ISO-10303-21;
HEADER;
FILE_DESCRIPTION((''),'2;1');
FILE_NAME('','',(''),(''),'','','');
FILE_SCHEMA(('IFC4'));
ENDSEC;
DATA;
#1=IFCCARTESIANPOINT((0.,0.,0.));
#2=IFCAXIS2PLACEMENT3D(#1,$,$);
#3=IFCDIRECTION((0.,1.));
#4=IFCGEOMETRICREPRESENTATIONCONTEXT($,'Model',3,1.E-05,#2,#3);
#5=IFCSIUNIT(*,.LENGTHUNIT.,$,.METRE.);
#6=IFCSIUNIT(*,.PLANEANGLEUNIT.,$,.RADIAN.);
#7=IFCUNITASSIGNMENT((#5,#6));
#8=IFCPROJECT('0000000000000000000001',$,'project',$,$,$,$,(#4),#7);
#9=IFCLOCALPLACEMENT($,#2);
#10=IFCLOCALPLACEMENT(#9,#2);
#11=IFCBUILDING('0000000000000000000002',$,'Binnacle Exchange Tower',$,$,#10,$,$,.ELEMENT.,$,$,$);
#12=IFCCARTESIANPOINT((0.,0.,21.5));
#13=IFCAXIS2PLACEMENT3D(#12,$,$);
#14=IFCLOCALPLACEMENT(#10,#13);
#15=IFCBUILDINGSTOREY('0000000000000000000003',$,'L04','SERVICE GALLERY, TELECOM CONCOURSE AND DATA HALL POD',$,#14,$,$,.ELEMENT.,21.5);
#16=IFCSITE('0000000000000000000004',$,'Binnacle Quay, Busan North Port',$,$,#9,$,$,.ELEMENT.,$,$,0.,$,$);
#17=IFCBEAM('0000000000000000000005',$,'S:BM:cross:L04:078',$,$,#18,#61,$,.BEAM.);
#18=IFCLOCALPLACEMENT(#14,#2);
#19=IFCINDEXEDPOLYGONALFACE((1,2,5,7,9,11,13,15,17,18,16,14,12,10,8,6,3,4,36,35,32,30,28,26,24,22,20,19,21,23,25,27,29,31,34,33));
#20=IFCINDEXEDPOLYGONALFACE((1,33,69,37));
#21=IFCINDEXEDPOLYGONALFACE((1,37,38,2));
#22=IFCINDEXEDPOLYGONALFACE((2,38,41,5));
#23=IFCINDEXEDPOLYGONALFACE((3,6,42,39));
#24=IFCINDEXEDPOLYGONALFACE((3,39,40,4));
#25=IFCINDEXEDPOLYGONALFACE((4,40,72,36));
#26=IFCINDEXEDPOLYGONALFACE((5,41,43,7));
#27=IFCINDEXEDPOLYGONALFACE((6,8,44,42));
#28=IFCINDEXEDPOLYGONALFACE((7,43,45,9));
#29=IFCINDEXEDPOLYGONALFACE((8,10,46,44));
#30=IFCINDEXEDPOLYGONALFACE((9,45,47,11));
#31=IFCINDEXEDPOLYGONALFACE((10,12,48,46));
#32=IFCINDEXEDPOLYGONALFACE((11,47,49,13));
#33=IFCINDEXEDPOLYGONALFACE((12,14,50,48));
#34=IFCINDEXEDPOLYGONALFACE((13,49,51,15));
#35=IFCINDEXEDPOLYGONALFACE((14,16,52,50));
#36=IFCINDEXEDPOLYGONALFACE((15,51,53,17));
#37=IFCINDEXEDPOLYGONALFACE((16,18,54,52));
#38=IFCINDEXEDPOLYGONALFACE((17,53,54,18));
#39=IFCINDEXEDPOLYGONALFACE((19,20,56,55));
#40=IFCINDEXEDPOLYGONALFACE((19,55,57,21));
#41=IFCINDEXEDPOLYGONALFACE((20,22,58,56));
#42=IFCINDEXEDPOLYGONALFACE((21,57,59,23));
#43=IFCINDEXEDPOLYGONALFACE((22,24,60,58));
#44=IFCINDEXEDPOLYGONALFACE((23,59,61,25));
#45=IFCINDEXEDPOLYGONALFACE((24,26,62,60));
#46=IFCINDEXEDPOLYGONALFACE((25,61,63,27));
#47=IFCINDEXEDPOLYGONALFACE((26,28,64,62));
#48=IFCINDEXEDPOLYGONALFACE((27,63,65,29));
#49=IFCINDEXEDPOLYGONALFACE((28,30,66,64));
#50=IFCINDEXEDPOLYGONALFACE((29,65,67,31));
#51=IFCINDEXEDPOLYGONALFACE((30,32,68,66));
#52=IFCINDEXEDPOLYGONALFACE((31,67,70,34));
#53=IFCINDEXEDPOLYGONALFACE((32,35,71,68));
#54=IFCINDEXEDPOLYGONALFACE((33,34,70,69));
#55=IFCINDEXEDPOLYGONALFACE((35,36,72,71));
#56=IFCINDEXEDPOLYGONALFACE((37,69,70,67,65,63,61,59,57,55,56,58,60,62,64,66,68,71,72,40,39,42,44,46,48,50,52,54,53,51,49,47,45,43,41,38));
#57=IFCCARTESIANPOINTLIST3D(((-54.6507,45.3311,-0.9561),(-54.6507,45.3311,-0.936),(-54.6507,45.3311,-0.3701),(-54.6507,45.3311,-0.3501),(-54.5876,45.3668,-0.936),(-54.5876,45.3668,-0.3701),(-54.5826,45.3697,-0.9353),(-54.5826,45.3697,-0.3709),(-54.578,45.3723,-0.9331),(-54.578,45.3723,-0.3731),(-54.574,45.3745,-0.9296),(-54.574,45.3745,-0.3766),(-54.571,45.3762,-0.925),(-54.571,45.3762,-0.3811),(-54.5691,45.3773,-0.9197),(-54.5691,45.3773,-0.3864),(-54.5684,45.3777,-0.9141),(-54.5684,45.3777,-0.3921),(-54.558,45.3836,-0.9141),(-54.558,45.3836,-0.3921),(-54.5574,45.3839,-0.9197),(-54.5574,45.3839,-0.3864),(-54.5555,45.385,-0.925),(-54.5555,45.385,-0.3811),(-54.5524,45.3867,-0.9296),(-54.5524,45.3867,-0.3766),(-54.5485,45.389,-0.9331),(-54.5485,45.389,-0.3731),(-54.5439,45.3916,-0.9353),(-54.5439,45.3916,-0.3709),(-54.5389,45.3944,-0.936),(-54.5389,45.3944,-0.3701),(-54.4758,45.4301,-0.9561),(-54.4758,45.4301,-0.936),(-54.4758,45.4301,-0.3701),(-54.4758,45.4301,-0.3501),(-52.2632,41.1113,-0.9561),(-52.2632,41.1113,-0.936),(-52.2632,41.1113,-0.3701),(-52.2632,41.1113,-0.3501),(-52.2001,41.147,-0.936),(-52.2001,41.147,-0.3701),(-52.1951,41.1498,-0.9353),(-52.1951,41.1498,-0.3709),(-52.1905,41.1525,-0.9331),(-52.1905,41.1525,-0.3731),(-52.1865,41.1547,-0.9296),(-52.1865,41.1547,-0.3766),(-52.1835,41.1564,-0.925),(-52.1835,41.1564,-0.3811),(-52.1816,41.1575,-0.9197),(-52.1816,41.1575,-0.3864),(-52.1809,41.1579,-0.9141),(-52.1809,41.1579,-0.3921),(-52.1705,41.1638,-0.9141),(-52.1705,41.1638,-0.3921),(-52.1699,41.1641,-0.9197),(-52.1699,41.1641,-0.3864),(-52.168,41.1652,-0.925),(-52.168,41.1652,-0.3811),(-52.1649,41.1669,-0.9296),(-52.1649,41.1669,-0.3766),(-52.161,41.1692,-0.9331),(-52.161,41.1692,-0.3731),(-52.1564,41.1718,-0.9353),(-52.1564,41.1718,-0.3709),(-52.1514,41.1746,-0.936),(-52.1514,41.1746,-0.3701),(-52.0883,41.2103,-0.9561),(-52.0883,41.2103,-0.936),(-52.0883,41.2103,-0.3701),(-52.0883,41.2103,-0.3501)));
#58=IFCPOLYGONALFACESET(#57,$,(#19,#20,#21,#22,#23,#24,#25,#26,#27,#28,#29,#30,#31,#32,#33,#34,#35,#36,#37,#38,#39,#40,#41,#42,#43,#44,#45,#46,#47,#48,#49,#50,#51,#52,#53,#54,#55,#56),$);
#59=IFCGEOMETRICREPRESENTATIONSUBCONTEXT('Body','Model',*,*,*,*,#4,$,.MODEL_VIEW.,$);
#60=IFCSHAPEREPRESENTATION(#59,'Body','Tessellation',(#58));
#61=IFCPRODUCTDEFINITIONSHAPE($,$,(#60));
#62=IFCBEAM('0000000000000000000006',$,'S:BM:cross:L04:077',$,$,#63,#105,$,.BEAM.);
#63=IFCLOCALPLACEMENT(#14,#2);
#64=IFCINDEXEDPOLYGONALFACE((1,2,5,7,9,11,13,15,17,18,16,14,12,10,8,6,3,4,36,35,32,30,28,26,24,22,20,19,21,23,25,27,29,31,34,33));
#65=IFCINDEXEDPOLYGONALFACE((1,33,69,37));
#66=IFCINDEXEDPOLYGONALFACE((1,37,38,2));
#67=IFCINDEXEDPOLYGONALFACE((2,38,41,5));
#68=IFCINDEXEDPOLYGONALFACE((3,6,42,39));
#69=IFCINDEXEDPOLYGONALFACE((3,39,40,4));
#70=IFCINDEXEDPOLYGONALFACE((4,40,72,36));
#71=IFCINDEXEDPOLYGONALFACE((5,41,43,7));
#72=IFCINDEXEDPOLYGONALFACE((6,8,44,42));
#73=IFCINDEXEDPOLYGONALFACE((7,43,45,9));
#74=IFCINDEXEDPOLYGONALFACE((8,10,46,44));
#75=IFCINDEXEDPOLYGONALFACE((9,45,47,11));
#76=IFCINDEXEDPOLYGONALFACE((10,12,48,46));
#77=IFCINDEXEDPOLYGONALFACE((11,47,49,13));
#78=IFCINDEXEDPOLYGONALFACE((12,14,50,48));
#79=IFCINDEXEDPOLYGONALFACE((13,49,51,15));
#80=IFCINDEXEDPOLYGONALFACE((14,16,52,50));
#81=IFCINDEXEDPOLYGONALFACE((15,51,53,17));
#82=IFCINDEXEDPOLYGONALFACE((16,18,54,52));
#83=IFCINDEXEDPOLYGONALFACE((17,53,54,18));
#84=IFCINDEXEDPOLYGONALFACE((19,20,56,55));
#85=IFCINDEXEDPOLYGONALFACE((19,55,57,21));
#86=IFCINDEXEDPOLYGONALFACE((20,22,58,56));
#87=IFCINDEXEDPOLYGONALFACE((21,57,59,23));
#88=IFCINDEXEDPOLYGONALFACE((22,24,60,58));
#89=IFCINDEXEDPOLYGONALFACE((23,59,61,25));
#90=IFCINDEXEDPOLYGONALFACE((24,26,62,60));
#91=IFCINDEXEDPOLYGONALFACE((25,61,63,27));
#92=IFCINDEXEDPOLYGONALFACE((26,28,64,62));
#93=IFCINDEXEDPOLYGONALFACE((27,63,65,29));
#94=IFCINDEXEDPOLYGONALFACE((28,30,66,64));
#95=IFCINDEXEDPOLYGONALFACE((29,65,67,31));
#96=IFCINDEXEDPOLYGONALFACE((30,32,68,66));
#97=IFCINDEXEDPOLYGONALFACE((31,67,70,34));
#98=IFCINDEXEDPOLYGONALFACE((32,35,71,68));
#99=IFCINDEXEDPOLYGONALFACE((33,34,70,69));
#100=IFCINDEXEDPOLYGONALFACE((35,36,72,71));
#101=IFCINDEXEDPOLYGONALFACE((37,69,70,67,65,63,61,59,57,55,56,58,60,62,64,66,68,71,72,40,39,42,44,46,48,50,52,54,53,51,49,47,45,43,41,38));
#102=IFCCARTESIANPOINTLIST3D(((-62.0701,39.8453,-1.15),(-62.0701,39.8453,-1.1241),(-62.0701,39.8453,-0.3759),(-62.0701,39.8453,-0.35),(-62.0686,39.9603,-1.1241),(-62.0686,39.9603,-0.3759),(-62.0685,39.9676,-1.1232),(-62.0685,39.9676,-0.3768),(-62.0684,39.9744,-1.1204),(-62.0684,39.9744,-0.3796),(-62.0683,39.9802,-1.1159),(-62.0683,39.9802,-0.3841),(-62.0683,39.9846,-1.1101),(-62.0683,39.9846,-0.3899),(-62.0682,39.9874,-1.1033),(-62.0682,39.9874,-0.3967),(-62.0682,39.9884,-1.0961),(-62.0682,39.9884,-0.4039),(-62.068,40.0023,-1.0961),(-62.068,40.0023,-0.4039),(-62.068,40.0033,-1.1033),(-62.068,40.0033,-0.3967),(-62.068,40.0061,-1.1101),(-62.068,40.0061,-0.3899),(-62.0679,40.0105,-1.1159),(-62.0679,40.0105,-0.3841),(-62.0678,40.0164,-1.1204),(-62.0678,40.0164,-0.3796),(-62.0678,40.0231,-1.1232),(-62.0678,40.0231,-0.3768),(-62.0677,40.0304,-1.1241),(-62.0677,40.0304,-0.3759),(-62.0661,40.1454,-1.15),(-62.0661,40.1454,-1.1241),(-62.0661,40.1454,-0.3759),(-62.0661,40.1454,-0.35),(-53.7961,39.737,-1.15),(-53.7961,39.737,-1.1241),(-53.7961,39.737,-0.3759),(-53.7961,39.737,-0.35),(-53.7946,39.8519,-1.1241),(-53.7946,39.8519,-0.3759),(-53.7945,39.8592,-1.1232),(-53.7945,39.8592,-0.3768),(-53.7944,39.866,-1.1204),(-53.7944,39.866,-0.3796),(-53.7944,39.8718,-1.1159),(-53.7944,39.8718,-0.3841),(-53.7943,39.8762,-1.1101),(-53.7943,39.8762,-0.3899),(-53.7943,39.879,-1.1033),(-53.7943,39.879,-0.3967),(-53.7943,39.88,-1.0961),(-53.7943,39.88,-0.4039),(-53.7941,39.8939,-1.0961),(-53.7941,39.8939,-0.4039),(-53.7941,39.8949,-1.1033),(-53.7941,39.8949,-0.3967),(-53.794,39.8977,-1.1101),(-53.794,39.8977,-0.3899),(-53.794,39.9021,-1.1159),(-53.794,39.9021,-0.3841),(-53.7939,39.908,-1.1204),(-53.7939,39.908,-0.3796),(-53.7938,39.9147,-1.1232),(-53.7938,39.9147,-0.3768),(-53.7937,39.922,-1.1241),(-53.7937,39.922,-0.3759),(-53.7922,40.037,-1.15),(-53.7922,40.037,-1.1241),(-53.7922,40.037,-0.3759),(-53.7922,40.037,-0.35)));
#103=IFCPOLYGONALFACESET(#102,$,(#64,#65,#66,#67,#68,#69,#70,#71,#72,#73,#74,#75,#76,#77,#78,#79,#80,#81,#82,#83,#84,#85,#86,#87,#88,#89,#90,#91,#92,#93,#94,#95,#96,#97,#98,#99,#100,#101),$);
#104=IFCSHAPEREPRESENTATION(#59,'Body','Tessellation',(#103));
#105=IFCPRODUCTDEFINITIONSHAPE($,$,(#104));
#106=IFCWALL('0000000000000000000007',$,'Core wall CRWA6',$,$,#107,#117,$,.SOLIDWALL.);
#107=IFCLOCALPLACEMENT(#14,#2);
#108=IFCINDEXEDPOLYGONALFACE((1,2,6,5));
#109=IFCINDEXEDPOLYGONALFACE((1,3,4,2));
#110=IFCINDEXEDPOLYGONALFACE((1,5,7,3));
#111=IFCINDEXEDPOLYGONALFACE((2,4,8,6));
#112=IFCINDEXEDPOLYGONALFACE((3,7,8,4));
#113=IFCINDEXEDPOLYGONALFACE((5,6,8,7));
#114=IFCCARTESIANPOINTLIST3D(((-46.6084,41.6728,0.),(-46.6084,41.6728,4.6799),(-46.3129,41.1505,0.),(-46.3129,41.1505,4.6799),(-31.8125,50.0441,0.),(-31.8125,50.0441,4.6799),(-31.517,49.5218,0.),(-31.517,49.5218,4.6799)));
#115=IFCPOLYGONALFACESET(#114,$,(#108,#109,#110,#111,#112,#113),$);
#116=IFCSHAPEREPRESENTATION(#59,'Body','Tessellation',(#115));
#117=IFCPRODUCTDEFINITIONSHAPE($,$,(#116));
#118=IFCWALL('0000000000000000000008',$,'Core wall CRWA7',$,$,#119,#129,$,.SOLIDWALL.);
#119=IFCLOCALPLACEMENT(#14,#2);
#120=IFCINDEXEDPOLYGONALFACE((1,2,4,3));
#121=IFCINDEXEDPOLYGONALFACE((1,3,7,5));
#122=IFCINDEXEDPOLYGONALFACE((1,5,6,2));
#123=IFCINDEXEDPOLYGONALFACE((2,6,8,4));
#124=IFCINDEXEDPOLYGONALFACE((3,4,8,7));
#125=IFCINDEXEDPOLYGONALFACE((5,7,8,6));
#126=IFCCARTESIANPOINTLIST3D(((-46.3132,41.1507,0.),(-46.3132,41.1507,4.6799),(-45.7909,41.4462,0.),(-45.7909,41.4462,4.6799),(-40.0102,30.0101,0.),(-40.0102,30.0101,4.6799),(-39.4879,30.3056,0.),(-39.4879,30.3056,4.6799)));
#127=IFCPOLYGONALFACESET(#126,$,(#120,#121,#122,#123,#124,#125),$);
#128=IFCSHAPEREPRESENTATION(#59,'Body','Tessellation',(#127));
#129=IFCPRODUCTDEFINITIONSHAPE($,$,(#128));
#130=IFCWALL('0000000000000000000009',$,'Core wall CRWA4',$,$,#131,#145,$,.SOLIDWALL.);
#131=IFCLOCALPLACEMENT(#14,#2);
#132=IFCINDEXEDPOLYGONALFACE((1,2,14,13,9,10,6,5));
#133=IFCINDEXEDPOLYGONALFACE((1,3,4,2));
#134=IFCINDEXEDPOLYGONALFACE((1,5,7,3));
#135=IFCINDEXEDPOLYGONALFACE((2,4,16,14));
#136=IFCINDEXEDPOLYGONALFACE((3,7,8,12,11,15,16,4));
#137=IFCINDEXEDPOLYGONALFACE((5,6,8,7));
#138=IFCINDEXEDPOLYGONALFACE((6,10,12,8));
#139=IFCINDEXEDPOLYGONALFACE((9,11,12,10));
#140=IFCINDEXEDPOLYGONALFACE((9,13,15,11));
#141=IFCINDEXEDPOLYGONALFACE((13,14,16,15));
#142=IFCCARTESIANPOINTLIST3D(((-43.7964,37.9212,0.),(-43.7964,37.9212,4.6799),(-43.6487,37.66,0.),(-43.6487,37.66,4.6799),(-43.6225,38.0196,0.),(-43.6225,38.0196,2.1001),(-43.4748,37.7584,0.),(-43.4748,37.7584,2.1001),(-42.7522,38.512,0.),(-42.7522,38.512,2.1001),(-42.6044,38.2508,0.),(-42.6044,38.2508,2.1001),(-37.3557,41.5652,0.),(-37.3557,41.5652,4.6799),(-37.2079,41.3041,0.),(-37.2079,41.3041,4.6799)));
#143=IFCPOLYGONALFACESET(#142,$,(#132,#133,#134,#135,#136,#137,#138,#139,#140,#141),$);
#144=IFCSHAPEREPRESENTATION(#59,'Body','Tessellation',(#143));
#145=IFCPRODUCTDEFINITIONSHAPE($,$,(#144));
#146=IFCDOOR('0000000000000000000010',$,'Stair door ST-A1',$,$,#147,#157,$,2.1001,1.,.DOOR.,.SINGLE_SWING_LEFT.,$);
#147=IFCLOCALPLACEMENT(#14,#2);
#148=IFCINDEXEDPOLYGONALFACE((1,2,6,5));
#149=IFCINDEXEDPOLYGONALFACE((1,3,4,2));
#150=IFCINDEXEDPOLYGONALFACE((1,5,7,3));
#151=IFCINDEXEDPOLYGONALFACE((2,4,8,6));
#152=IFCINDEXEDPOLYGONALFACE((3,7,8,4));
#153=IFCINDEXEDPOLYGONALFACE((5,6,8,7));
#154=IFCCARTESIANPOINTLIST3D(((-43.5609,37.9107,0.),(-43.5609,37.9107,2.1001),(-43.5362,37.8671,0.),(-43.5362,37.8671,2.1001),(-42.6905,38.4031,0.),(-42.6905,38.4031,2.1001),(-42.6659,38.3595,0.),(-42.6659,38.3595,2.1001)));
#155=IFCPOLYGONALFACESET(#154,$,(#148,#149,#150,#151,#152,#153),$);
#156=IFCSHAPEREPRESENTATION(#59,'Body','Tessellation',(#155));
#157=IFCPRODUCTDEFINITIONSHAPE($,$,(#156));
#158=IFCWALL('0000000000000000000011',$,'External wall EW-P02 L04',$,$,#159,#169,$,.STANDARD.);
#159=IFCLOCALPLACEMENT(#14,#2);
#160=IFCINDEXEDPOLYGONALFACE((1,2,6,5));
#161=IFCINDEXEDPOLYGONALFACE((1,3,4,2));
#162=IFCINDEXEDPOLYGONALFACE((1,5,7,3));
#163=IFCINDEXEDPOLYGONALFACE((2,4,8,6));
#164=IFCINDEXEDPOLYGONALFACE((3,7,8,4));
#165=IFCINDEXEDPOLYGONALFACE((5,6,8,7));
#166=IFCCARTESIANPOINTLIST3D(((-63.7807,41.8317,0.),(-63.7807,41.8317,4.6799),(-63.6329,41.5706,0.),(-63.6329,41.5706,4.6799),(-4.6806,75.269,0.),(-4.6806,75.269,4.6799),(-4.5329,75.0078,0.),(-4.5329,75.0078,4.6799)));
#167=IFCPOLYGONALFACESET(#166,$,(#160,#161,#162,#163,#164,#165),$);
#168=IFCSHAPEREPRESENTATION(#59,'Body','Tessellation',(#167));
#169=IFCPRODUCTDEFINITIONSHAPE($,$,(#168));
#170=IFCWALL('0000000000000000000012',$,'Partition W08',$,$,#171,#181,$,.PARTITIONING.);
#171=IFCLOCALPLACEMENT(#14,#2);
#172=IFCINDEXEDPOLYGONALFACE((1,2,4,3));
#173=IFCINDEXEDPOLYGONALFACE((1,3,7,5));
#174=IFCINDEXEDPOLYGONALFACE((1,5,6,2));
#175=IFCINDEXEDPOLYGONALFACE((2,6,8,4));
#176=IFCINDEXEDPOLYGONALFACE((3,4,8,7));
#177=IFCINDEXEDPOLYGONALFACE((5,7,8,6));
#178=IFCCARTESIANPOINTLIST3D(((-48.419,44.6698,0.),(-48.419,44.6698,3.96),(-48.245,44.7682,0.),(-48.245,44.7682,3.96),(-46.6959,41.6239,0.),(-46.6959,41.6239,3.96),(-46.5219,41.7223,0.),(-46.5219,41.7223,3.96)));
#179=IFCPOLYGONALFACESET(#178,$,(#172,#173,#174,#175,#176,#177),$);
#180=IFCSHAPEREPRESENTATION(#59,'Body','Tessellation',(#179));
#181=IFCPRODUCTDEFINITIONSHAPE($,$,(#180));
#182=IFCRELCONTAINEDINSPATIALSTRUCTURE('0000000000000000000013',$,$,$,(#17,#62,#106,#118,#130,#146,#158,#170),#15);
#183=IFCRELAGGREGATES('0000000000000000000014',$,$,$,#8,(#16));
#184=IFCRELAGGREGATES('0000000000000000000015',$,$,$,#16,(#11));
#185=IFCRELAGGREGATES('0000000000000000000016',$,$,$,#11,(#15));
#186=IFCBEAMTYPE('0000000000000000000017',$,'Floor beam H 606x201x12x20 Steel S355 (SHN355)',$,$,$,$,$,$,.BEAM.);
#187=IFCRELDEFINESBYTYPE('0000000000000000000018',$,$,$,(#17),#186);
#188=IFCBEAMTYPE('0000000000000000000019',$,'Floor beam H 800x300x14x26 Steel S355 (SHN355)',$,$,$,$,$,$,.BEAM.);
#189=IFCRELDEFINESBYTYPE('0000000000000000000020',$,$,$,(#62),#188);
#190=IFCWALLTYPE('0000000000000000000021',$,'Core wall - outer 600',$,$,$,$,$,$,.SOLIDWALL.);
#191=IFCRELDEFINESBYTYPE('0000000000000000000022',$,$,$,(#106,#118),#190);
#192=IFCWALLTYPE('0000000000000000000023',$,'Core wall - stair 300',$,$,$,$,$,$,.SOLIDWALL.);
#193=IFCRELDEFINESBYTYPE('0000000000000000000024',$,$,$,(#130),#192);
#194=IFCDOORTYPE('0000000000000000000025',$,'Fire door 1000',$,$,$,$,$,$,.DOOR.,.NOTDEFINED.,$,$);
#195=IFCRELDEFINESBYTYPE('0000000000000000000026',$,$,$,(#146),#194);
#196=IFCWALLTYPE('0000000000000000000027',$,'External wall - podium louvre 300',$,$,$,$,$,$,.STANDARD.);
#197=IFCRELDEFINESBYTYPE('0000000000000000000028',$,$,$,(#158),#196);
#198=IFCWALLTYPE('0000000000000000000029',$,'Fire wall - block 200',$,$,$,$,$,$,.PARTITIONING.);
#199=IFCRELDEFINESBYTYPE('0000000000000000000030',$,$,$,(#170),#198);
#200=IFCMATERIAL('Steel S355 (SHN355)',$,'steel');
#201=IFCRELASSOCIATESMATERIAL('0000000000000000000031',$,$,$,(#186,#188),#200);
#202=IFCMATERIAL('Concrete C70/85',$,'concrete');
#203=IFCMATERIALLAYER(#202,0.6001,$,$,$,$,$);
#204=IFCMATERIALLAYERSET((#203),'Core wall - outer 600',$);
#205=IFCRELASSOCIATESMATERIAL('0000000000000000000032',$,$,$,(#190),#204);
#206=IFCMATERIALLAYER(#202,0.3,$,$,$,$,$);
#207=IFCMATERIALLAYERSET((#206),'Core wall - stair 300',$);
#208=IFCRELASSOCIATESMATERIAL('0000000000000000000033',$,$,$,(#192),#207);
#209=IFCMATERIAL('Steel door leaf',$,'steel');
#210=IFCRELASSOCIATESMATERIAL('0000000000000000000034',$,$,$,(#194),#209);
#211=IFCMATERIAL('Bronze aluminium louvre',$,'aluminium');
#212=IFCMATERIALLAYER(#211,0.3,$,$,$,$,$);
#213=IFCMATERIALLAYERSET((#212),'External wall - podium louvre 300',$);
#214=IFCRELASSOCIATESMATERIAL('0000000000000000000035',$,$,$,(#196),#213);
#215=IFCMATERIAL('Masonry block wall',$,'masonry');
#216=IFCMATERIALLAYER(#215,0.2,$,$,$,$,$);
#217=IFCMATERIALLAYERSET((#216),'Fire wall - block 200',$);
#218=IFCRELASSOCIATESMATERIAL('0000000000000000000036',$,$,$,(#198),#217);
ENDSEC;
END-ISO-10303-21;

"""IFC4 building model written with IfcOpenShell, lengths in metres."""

from ifc_helpers import new_model, si_unit, direction, frame, frame_2d, origin, origin_2d, place, context, subcontext, project, spatial, rectangle, i_section, extrude, material, layer, layer_set, material_profile, profile_set, type_object, element, fill, save


model = new_model("IFC4")

# Units and contexts
model_context = context("Model", 3, precision=1e-05, world=origin(), true_north=direction((0.0, 1.0)))
body_context = subcontext(model_context, "Body", "Model", "MODEL_VIEW")
ifc_project = project(units=[si_unit("LENGTHUNIT", "METRE"), si_unit("PLANEANGLEUNIT", "RADIAN")], contexts=[model_context])

# Site, building, storey
site_placement = place(None, origin())
site = spatial("IfcSite", under=ifc_project, at=site_placement, Name="Binnacle Quay, Busan North Port", CompositionType="ELEMENT", RefElevation=0.0)
building_placement = place(site_placement, origin())
building = spatial("IfcBuilding", under=site, at=building_placement, Name="Binnacle Exchange Tower", CompositionType="ELEMENT")
storey_placement = place(building_placement, frame((0.0, 0.0, 21.5)))
storey = spatial("IfcBuildingStorey", under=building, at=storey_placement, Name="L04", Description="SERVICE GALLERY, TELECOM CONCOURSE AND DATA HALL POD", CompositionType="ELEMENT", Elevation=21.5)

# Shared definitions
ifc_material_1 = material(Name="Concrete C70/85", Category="concrete")

# Beams
ifc_material_2 = material(Name="Steel S355 (SHN355)", Category="steel")
ifc_material_profile_1 = material_profile(ifc_material_2, i_section(OverallWidth=0.2009, OverallDepth=0.606, WebThickness=0.012, FlangeThickness=0.02, FilletRadius=0.022, at=origin_2d()), Name="H 606x201x12x20")
ifc_profile_set_1 = profile_set([ifc_material_profile_1], Name="Steel S355 (SHN355)")
beam_type_1 = type_object("IfcBeamType", Name="Floor beam H 606x201x12x20 Steel S355 (SHN355)", PredefinedType="BEAM", material=ifc_profile_set_1)
beam_1_placement = place(storey_placement, frame((-54.5632, 45.3806, -0.6531), z_axis=(0.492431, -0.870352, 0.0), x_axis=(0.870352, 0.492431, 0.0)))
element("IfcBeam", 1, at=beam_1_placement, inside=storey, type_object=beam_type_1, Name="S:BM:cross:L04:078", PredefinedType="BEAM", context=body_context, shape_type="SweptSolid", body=[
    extrude(i_section(OverallWidth=0.2009, OverallDepth=0.606, WebThickness=0.012, FlangeThickness=0.02, FilletRadius=0.022, at=origin_2d()), origin(), (0.0, 0.0, 1.0), 4.8484),
])
ifc_material_profile_2 = material_profile(ifc_material_2, i_section(OverallWidth=0.3, OverallDepth=0.8, WebThickness=0.0139, FlangeThickness=0.0259, FilletRadius=0.0281, at=origin_2d()), Name="H 800x300x14x26")
ifc_profile_set_2 = profile_set([ifc_material_profile_2], Name="Steel S355 (SHN355)")
beam_type_2 = type_object("IfcBeamType", Name="Floor beam H 800x300x14x26 Steel S355 (SHN355)", PredefinedType="BEAM", material=ifc_profile_set_2)
beam_2_placement = place(storey_placement, frame((-62.0681, 39.9954, -0.75), z_axis=(0.999914, -0.0131, 0.0), x_axis=(0.0131, 0.999914, 0.0)))
element("IfcBeam", 2, at=beam_2_placement, inside=storey, type_object=beam_type_2, Name="S:BM:cross:L04:077", PredefinedType="BEAM", context=body_context, shape_type="SweptSolid", body=[
    extrude(i_section(OverallWidth=0.3, OverallDepth=0.8, WebThickness=0.0139, FlangeThickness=0.0259, FilletRadius=0.0281, at=origin_2d()), origin(), (0.0, 0.0, 1.0), 8.2747),
])

# Walls
ifc_layer_1 = layer(ifc_material_1, 0.6001)
ifc_layer_set_1 = layer_set([ifc_layer_1], Name="Core wall - outer 600")
wall_type_1 = type_object("IfcWallType", Name="Core wall - outer 600", PredefinedType="SOLIDWALL", material=ifc_layer_set_1)
wall_1_placement = place(storey_placement, frame((-46.4607, 41.4116, 0.0), z_axis=(0.0, 0.0, 1.0), x_axis=(0.87035, 0.492433, 0.0)))
element("IfcWall", 3, at=wall_1_placement, inside=storey, type_object=wall_type_1, Name="Core wall CRWA6", PredefinedType="SOLIDWALL", context=body_context, shape_type="SweptSolid", body=[
    extrude(rectangle(XDim=17.0, YDim=0.6001, at=frame_2d((8.5, 0.0))), origin(), (0.0, 0.0, 1.0), 4.6799),
])
wall_2_placement = place(storey_placement, frame((-46.052, 41.2983, 0.0), z_axis=(0.0, 0.0, 1.0), x_axis=(0.492419, -0.870359, 0.0)))
element("IfcWall", 4, at=wall_2_placement, inside=storey, type_object=wall_type_1, Name="Core wall CRWA7", PredefinedType="SOLIDWALL", context=body_context, shape_type="SweptSolid", body=[
    extrude(rectangle(XDim=12.8, YDim=0.6001, at=frame_2d((6.3999, 0.0))), origin(), (0.0, 0.0, 1.0), 4.6799),
])

# Wall, opening, door
ifc_layer_2 = layer(ifc_material_1, 0.3)
ifc_layer_set_2 = layer_set([ifc_layer_2], Name="Core wall - stair 300")
wall_type_2 = type_object("IfcWallType", Name="Core wall - stair 300", PredefinedType="SOLIDWALL", material=ifc_layer_set_2)
wall_3_placement = place(storey_placement, frame((-43.7227, 37.7905, 0.0), z_axis=(0.0, 0.0, 1.0), x_axis=(0.870351, 0.492432, 0.0)))
wall_3 = element("IfcWall", 5, at=wall_3_placement, inside=storey, type_object=wall_type_2, Name="Core wall CRWA4", PredefinedType="SOLIDWALL", context=body_context, shape_type="SweptSolid", body=[
    extrude(rectangle(XDim=7.4001, YDim=0.3, at=frame_2d((3.7002, 0.0))), origin(), (0.0, 0.0, 1.0), 4.6799),
])
opening_1_placement = place(wall_3_placement, frame((0.2, 0.0, 0.0)))
opening_1 = element("IfcOpeningElement", 6, at=opening_1_placement, cuts=wall_3, PredefinedType="OPENING", context=body_context, shape_type="SweptSolid", body=[
    extrude(rectangle(XDim=1.0, YDim=2.1001, at=frame_2d((0.5, 1.05))), frame((0.0, 0.1599, 0.0), z_axis=(0.0, -1.0, 0.0), x_axis=(1.0, 0.0, 0.0)), (0.0, 0.0, 1.0), 0.3201),
])
ifc_material_3 = material(Name="Steel door leaf", Category="steel")
door_type_1 = type_object("IfcDoorType", Name="Fire door 1000", OperationType="NOTDEFINED", PredefinedType="DOOR", material=ifc_material_3)
door_1_placement = place(opening_1_placement, origin())
door_1 = element("IfcDoor", 7, at=door_1_placement, inside=storey, type_object=door_type_1, Name="Stair door ST-A1", OperationType="SINGLE_SWING_LEFT", OverallHeight=2.1001, OverallWidth=1.0, PredefinedType="DOOR", context=body_context, shape_type="SweptSolid", body=[
    extrude(rectangle(XDim=1.0, YDim=2.1001, at=frame_2d((0.5, 1.05))), frame((0.0, 0.0249, 0.0), z_axis=(0.0, -1.0, 0.0), x_axis=(1.0, 0.0, 0.0)), (0.0, 0.0, 1.0), 0.05),
])
fill(opening_1, door_1)

# Walls
ifc_material_4 = material(Name="Bronze aluminium louvre", Category="aluminium")
ifc_layer_3 = layer(ifc_material_4, 0.3)
ifc_layer_set_3 = layer_set([ifc_layer_3], Name="External wall - podium louvre 300")
wall_type_3 = type_object("IfcWallType", Name="External wall - podium louvre 300", PredefinedType="STANDARD", material=ifc_layer_set_3)
wall_4_placement = place(storey_placement, frame((-63.7068, 41.7012, 0.0), z_axis=(0.0, 0.0, 1.0), x_axis=(0.870356, 0.492424, 0.0)))
element("IfcWall", 8, at=wall_4_placement, inside=storey, type_object=wall_type_3, Name="External wall EW-P02 L04", PredefinedType="STANDARD", context=body_context, shape_type="SweptSolid", body=[
    extrude(rectangle(XDim=67.9033, YDim=0.3, at=frame_2d((33.9517, 0.0))), origin(), (0.0, 0.0, 1.0), 4.6799),
])
ifc_material_5 = material(Name="Masonry block wall", Category="masonry")
ifc_layer_4 = layer(ifc_material_5, 0.2)
ifc_layer_set_4 = layer_set([ifc_layer_4], Name="Fire wall - block 200")
wall_type_4 = type_object("IfcWallType", Name="Fire wall - block 200", PredefinedType="PARTITIONING", material=ifc_layer_set_4)
wall_5_placement = place(storey_placement, frame((-48.332, 44.719, 0.0), z_axis=(0.0, 0.0, 1.0), x_axis=(0.492393, -0.870373, 0.0)))
element("IfcWall", 9, at=wall_5_placement, inside=storey, type_object=wall_type_4, Name="Partition W08", PredefinedType="PARTITIONING", context=body_context, shape_type="SweptSolid", body=[
    extrude(rectangle(XDim=3.4995, YDim=0.2, at=frame_2d((1.7498, 0.0))), origin(), (0.0, 0.0, 1.0), 3.96),
])

save(model, "model.ifc")
